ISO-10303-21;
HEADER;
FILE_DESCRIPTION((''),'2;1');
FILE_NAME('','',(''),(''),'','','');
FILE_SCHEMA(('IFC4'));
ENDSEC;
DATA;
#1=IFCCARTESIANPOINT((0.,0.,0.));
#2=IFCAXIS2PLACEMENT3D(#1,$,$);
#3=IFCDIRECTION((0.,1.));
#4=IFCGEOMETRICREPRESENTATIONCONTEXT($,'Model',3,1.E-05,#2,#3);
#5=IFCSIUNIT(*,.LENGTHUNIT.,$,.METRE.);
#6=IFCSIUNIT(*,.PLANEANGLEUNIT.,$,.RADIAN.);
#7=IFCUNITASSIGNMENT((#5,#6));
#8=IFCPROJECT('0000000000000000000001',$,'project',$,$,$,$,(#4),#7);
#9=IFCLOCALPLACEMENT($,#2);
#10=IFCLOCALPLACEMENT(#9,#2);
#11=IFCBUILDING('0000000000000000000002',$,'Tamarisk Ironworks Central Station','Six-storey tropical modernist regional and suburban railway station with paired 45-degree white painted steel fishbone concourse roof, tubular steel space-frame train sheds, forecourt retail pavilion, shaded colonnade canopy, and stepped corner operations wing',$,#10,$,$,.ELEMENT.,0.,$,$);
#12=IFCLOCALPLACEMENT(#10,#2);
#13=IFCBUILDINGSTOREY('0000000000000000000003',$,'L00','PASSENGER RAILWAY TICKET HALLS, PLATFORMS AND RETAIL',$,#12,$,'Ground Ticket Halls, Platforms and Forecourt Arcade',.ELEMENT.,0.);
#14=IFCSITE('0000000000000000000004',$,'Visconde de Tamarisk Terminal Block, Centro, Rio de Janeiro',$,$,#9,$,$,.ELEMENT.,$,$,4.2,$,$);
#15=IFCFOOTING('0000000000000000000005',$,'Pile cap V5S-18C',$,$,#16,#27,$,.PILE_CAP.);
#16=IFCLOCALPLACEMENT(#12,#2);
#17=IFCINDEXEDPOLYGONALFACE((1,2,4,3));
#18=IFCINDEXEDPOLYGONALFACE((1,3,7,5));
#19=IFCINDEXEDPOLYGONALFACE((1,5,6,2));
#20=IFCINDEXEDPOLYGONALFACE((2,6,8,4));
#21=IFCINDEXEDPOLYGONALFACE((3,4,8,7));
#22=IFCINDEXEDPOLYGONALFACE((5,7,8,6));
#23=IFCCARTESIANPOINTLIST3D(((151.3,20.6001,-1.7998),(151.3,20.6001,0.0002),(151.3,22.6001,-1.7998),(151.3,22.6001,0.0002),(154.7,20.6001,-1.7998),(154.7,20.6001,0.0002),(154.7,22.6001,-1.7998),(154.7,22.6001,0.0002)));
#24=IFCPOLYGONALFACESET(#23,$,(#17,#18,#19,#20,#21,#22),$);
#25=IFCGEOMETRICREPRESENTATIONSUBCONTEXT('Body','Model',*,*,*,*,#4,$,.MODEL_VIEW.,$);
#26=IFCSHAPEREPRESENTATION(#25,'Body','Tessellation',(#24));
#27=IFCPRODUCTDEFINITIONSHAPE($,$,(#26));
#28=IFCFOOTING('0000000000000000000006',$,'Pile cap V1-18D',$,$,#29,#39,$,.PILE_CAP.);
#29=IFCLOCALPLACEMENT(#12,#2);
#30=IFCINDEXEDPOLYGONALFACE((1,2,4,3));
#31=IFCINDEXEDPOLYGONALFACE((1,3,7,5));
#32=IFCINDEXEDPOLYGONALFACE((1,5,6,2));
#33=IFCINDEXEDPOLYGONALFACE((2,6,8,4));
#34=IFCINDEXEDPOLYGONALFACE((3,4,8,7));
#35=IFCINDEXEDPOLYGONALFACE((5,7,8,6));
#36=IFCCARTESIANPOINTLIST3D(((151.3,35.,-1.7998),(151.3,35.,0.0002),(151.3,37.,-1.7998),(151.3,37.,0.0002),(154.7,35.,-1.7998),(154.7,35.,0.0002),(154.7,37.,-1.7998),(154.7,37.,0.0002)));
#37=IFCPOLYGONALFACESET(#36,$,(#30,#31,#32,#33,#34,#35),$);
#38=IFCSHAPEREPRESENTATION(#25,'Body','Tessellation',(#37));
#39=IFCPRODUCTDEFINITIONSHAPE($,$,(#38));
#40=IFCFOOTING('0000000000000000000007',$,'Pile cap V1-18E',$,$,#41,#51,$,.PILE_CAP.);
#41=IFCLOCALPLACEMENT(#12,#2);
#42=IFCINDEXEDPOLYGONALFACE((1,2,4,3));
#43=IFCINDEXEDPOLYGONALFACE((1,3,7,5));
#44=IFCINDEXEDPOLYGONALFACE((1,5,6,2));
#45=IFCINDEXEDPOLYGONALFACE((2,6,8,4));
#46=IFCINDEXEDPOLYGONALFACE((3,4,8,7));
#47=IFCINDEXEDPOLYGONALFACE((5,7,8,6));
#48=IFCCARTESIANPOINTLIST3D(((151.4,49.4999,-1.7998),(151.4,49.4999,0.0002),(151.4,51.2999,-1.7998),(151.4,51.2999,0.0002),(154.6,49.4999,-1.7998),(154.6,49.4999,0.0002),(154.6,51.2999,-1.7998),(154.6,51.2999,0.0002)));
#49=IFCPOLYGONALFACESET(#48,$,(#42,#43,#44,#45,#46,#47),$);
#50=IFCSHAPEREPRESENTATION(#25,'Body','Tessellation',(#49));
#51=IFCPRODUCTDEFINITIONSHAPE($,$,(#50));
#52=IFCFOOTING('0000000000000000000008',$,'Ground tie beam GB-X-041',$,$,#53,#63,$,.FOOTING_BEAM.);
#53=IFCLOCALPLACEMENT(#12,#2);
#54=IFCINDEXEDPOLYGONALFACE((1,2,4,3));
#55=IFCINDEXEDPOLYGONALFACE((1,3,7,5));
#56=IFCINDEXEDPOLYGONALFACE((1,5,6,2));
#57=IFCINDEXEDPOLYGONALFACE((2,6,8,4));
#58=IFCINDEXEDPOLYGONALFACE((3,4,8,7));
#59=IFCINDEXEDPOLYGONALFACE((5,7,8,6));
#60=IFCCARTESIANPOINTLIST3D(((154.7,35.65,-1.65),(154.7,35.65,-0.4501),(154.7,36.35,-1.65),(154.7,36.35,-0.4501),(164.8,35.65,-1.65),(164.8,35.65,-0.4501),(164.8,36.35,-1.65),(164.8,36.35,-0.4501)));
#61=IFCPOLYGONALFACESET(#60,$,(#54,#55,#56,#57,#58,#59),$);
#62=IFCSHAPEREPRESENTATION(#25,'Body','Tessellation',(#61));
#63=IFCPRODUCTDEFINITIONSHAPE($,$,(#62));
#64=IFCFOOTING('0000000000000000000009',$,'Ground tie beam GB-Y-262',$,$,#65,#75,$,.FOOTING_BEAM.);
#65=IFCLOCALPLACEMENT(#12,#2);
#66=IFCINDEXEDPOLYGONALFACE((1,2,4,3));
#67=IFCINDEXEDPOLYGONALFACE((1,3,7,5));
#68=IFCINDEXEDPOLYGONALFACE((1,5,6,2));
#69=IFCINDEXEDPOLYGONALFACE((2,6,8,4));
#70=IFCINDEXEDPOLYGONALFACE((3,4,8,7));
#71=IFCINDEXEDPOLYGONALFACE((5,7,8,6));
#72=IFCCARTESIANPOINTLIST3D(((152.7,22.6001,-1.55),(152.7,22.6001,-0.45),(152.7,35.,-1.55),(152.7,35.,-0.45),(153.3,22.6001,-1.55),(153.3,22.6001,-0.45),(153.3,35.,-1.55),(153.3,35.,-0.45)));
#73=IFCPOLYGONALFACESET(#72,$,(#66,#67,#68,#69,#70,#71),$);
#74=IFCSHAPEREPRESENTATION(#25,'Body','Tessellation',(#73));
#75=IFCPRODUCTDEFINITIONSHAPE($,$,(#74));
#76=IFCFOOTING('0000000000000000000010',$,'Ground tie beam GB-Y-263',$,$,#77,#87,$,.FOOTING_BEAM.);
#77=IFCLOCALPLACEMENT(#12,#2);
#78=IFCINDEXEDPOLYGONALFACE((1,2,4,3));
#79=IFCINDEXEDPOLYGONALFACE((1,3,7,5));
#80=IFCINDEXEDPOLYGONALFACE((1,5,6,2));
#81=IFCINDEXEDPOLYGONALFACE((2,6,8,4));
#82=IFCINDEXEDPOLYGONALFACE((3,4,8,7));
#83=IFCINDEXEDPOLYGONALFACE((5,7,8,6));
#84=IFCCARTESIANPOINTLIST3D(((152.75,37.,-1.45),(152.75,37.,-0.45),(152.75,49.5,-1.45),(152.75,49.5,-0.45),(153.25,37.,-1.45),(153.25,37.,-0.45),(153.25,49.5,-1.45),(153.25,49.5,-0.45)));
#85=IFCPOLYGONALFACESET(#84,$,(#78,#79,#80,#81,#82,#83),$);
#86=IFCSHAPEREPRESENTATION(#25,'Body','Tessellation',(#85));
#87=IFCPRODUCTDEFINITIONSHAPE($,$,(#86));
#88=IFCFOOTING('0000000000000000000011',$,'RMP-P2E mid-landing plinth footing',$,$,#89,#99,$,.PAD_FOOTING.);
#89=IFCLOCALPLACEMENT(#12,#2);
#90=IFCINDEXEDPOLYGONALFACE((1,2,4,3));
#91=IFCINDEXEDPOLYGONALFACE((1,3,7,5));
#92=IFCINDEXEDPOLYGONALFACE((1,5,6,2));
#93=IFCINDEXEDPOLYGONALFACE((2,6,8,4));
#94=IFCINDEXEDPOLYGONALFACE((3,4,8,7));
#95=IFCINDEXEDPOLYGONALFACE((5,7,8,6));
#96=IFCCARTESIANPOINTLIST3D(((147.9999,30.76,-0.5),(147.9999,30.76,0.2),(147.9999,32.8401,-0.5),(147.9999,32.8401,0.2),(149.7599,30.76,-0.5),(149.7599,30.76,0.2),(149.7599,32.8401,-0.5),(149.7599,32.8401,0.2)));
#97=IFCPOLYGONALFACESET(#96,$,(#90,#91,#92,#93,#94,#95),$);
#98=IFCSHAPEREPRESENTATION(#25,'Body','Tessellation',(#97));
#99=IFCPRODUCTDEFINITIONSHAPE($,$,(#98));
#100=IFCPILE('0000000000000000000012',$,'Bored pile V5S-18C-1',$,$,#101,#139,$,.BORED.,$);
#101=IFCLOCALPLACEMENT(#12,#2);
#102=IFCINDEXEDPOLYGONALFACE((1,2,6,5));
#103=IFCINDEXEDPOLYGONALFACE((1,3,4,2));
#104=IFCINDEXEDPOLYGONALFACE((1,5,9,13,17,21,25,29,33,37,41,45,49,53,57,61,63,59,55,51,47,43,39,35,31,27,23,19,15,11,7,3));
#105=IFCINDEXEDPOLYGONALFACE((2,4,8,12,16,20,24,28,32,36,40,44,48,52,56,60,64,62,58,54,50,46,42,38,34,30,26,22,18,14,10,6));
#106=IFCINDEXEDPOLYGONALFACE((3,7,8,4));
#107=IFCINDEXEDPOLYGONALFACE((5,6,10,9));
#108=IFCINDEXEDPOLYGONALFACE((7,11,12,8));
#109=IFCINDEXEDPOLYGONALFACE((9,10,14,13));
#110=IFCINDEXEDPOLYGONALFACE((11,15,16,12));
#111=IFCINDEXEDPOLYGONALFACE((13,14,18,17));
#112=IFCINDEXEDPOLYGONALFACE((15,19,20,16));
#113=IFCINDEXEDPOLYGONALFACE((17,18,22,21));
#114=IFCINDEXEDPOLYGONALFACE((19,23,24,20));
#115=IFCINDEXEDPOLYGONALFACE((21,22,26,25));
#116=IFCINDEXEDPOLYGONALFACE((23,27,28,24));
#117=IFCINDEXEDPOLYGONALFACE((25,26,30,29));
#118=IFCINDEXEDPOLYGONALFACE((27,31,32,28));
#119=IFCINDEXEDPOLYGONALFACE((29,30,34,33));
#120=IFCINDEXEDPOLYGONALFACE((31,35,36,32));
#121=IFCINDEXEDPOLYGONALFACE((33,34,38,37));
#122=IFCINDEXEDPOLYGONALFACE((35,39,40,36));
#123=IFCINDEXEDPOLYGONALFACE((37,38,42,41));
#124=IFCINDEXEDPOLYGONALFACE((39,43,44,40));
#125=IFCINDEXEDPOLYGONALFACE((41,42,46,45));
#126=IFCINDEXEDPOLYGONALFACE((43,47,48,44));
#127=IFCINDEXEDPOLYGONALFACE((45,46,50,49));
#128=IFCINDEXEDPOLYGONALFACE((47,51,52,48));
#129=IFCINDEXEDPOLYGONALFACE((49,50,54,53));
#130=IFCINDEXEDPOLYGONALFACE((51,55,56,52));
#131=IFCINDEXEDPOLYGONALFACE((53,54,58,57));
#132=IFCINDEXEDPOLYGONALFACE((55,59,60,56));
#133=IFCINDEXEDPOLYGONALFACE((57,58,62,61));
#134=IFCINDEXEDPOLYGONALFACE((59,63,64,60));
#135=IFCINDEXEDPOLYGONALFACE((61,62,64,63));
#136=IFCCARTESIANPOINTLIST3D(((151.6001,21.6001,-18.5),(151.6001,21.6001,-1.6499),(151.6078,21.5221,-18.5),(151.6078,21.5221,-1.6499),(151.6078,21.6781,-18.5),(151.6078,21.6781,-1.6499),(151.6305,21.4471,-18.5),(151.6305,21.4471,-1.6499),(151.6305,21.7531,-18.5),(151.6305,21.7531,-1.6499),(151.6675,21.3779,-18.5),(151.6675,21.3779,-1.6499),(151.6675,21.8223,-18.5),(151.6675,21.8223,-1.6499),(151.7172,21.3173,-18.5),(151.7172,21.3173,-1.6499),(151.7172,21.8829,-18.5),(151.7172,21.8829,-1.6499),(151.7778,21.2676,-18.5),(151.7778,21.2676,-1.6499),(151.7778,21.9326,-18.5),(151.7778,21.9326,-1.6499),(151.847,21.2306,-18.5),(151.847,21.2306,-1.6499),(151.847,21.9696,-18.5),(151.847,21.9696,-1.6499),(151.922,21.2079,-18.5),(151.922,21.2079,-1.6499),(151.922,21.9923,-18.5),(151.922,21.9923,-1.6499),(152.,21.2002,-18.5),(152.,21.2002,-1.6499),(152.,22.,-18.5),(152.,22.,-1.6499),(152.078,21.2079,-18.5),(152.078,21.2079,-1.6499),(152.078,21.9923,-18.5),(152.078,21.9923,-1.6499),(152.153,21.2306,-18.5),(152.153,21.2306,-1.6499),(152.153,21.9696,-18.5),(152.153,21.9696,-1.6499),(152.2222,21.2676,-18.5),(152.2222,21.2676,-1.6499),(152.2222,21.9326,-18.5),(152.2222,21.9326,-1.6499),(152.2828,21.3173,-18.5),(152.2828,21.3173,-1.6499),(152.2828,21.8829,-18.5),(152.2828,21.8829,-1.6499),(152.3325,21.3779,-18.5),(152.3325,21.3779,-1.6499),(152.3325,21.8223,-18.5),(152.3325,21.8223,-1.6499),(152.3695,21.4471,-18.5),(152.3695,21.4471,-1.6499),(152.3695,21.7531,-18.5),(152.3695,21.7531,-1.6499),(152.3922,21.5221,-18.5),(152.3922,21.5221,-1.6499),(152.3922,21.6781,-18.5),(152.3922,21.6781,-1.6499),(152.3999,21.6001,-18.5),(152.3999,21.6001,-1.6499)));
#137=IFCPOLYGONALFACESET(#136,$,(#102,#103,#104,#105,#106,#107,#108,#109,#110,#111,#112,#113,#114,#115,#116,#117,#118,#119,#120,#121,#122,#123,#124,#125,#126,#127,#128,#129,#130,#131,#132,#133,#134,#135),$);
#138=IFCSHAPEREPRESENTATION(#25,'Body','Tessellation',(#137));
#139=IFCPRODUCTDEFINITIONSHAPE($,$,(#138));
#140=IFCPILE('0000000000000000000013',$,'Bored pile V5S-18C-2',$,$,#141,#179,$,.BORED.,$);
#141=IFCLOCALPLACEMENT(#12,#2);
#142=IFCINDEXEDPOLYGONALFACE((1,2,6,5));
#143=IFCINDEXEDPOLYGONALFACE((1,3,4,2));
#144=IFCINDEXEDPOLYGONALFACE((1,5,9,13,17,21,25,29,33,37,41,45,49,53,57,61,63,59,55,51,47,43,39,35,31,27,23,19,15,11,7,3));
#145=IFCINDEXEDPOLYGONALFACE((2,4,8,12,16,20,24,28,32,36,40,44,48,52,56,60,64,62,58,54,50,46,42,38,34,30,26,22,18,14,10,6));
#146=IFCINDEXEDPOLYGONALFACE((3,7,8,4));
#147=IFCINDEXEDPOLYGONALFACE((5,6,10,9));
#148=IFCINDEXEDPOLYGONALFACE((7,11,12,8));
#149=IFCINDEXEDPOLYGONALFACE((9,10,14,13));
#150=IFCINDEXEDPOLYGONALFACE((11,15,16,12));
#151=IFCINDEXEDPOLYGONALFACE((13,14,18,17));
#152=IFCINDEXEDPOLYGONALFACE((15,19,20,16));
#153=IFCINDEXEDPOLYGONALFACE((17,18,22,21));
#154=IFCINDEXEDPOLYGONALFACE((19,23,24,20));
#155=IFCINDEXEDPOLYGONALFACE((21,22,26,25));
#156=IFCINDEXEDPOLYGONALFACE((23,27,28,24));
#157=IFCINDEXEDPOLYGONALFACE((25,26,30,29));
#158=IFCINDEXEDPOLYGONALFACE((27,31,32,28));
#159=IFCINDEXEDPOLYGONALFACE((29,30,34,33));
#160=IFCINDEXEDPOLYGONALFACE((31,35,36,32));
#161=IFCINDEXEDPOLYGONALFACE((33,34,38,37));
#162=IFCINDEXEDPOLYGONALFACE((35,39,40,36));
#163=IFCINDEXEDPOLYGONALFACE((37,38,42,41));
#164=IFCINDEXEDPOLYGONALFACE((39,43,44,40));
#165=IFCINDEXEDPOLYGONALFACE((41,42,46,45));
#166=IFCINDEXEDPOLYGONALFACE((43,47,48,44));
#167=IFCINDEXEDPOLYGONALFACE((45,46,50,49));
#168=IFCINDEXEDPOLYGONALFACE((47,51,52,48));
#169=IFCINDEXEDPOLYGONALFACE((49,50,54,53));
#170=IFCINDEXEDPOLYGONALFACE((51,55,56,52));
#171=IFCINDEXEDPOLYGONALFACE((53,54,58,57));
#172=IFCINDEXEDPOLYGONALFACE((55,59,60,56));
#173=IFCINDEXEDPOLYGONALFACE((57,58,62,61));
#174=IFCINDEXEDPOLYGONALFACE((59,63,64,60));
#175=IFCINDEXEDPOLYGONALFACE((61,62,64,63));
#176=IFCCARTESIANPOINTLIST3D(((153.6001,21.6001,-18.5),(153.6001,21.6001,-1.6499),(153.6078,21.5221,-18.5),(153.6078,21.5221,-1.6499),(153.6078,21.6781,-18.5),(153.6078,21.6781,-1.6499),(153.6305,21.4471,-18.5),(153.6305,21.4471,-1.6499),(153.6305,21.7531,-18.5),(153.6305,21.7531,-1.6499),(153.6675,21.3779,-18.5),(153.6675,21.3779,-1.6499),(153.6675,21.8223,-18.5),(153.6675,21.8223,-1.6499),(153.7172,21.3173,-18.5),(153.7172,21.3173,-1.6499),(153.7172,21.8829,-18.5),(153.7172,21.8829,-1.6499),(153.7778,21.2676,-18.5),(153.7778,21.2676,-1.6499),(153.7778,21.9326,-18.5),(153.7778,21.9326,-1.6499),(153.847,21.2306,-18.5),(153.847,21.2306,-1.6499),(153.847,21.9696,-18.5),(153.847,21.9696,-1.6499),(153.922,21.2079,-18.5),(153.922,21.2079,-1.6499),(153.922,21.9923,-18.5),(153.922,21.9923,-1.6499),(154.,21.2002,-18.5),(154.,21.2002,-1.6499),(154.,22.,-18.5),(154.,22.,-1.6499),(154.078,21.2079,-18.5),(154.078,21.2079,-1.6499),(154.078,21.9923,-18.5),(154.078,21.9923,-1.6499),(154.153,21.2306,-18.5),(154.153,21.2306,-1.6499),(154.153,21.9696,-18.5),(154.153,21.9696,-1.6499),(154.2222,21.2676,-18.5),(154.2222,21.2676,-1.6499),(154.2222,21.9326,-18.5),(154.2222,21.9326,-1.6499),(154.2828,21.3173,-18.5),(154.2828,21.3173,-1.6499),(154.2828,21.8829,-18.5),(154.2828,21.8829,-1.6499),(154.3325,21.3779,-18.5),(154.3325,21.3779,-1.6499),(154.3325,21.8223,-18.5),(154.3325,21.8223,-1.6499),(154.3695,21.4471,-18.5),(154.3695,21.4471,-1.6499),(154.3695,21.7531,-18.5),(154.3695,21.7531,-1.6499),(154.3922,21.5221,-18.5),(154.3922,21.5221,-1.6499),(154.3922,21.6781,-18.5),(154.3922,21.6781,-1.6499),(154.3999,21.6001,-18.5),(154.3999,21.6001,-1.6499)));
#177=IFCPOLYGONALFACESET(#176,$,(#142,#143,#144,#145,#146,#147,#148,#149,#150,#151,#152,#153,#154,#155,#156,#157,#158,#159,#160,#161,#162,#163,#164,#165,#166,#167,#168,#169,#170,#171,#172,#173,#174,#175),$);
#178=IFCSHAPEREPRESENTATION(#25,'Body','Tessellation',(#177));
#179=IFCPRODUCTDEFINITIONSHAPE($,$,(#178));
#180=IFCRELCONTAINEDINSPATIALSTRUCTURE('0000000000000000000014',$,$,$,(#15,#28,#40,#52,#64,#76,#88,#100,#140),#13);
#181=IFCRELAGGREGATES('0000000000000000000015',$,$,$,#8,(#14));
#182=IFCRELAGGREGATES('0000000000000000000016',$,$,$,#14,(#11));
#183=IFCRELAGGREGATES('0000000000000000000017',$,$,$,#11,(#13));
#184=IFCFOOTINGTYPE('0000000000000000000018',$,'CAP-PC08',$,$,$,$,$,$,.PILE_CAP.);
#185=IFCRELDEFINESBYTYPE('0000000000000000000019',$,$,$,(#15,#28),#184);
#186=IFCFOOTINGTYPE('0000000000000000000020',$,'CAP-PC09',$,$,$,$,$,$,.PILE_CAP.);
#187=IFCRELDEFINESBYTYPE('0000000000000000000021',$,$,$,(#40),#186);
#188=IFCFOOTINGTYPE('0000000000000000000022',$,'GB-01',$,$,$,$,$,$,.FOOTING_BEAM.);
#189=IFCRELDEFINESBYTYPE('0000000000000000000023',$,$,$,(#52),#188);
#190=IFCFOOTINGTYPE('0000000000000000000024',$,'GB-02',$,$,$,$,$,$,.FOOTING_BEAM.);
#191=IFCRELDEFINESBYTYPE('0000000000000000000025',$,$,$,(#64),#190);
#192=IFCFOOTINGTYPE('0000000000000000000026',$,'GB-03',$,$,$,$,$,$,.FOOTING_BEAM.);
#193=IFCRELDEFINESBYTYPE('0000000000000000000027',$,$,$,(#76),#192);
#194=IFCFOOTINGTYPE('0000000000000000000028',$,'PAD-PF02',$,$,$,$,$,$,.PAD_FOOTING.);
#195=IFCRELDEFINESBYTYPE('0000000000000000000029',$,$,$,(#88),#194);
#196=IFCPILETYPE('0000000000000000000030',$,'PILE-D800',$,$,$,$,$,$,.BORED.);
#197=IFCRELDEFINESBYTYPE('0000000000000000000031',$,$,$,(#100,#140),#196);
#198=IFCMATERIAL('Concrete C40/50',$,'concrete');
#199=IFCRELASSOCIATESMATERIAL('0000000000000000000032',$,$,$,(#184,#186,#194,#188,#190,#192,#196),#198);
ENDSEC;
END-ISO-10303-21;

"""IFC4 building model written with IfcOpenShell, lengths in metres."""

from ifc_helpers import new_model, si_unit, direction, frame, origin, origin_2d, place, context, subcontext, project, spatial, rectangle, circle, extrude, material, material_profile, profile_set, type_object, element, save


model = new_model("IFC4")

# Units and contexts
model_context = context("Model", 3, precision=1e-05, world=origin(), true_north=direction((0.0, 1.0)))
body_context = subcontext(model_context, "Body", "Model", "MODEL_VIEW")
ifc_project = project(units=[si_unit("LENGTHUNIT", "METRE"), si_unit("PLANEANGLEUNIT", "RADIAN")], contexts=[model_context])

# Site, building, storey
site_placement = place(None, origin())
site = spatial("IfcSite", under=ifc_project, at=site_placement, Name="Visconde de Tamarisk Terminal Block, Centro, Rio de Janeiro", CompositionType="ELEMENT", RefElevation=4.2)
building_placement = place(site_placement, origin())
building = spatial("IfcBuilding", under=site, at=building_placement, Name="Tamarisk Ironworks Central Station", Description="Six-storey tropical modernist regional and suburban railway station with paired 45-degree white painted steel fishbone concourse roof, tubular steel space-frame train sheds, forecourt retail pavilion, shaded colonnade canopy, and stepped corner operations wing", CompositionType="ELEMENT", ElevationOfRefHeight=0.0)
storey_placement = place(building_placement, origin())
storey = spatial("IfcBuildingStorey", under=building, at=storey_placement, Name="L00", Description="PASSENGER RAILWAY TICKET HALLS, PLATFORMS AND RETAIL", LongName="Ground Ticket Halls, Platforms and Forecourt Arcade", CompositionType="ELEMENT", Elevation=0.0)

# Footings
ifc_material_1 = material(Name="Concrete C40/50", Category="concrete")
footing_type_1 = type_object("IfcFootingType", Name="CAP-PC08", PredefinedType="PILE_CAP", material=ifc_material_1)
for number, where, z_axis, x_axis, name in (
    (1, (153.0, 21.6001, -1.7998), (0.0, 0.0, 1.0), (1.0, 0.0, 0.0), "Pile cap V5S-18C"),
    (2, (153.0, 36.0, -1.7998), (0.0, 0.0, 1.0), (1.0, 0.0, 0.0), "Pile cap V1-18D"),
):
    element("IfcFooting", number, at=place(storey_placement, frame(where, z_axis=z_axis, x_axis=x_axis)), inside=storey, type_object=footing_type_1, Name=name, PredefinedType="PILE_CAP", context=body_context, shape_type="SweptSolid", body=[
        extrude(rectangle(XDim=3.3999, YDim=2.0, at=origin_2d()), origin(), (0.0, 0.0, 1.0), 1.8),
    ])
footing_type_2 = type_object("IfcFootingType", Name="CAP-PC09", PredefinedType="PILE_CAP", material=ifc_material_1)
footing_1_placement = place(storey_placement, frame((153.0, 50.3999, -1.7998), z_axis=(0.0, 0.0, 1.0), x_axis=(1.0, 0.0, 0.0)))
element("IfcFooting", 3, at=footing_1_placement, inside=storey, type_object=footing_type_2, Name="Pile cap V1-18E", PredefinedType="PILE_CAP", context=body_context, shape_type="SweptSolid", body=[
    extrude(rectangle(XDim=3.2, YDim=1.8, at=origin_2d()), origin(), (0.0, 0.0, 1.0), 1.8),
])
ifc_material_profile_1 = material_profile(ifc_material_1, rectangle(XDim=0.7, YDim=1.2, at=origin_2d()), Name="GB01 700x1200")
ifc_profile_set_1 = profile_set([ifc_material_profile_1], Name="Concrete C40/50")
footing_type_3 = type_object("IfcFootingType", Name="GB-01", PredefinedType="FOOTING_BEAM", material=ifc_profile_set_1)
footing_2_placement = place(storey_placement, frame((154.7, 36.0, -1.05), z_axis=(1.0, 0.0, 0.0), x_axis=(0.0, 1.0, 0.0)))
element("IfcFooting", 4, at=footing_2_placement, inside=storey, type_object=footing_type_3, Name="Ground tie beam GB-X-041", PredefinedType="FOOTING_BEAM", context=body_context, shape_type="SweptSolid", body=[
    extrude(rectangle(XDim=0.7, YDim=1.2, at=origin_2d()), origin(), (0.0, 0.0, 1.0), 10.1001),
])
ifc_material_profile_2 = material_profile(ifc_material_1, rectangle(XDim=0.6001, YDim=1.1001, at=origin_2d()), Name="GB02 600x1100")
ifc_profile_set_2 = profile_set([ifc_material_profile_2], Name="Concrete C40/50")
footing_type_4 = type_object("IfcFootingType", Name="GB-02", PredefinedType="FOOTING_BEAM", material=ifc_profile_set_2)
footing_3_placement = place(storey_placement, frame((153.0, 22.6001, -1.0), z_axis=(0.0, 1.0, 0.0), x_axis=(-1.0, 0.0, 0.0)))
element("IfcFooting", 5, at=footing_3_placement, inside=storey, type_object=footing_type_4, Name="Ground tie beam GB-Y-262", PredefinedType="FOOTING_BEAM", context=body_context, shape_type="SweptSolid", body=[
    extrude(rectangle(XDim=0.6001, YDim=1.1001, at=origin_2d()), origin(), (0.0, 0.0, 1.0), 12.3999),
])
ifc_material_profile_3 = material_profile(ifc_material_1, rectangle(XDim=0.5, YDim=1.0, at=origin_2d()), Name="GB03 500x1000")
ifc_profile_set_3 = profile_set([ifc_material_profile_3], Name="Concrete C40/50")
footing_type_5 = type_object("IfcFootingType", Name="GB-03", PredefinedType="FOOTING_BEAM", material=ifc_profile_set_3)
footing_4_placement = place(storey_placement, frame((153.0, 37.0, -0.95), z_axis=(0.0, 1.0, 0.0), x_axis=(-1.0, 0.0, 0.0)))
element("IfcFooting", 6, at=footing_4_placement, inside=storey, type_object=footing_type_5, Name="Ground tie beam GB-Y-263", PredefinedType="FOOTING_BEAM", context=body_context, shape_type="SweptSolid", body=[
    extrude(rectangle(XDim=0.5, YDim=1.0, at=origin_2d()), origin(), (0.0, 0.0, 1.0), 12.5),
])
footing_type_6 = type_object("IfcFootingType", Name="PAD-PF02", PredefinedType="PAD_FOOTING", material=ifc_material_1)
footing_5_placement = place(storey_placement, frame((148.8799, 31.8, -0.5), z_axis=(0.0, 0.0, 1.0), x_axis=(1.0, 0.0, 0.0)))
element("IfcFooting", 7, at=footing_5_placement, inside=storey, type_object=footing_type_6, Name="RMP-P2E mid-landing plinth footing", PredefinedType="PAD_FOOTING", context=body_context, shape_type="SweptSolid", body=[
    extrude(rectangle(XDim=1.76, YDim=2.0801, at=origin_2d()), origin(), (0.0, 0.0, 1.0), 0.7),
])

# Piles
ifc_material_profile_4 = material_profile(ifc_material_1, circle(Radius=0.3999, at=origin_2d()), Name="BORED PILE D800")
ifc_profile_set_4 = profile_set([ifc_material_profile_4], Name="Concrete C40/50")
pile_type = type_object("IfcPileType", Name="PILE-D800", PredefinedType="BORED", material=ifc_profile_set_4)
for number, where, z_axis, x_axis, name in (
    (8, (152.0, 21.6001, -1.6499), (0.0, 0.0, -1.0), (1.0, 0.0, 0.0), "Bored pile V5S-18C-1"),
    (9, (154.0, 21.6001, -1.6499), (0.0, 0.0, -1.0), (1.0, 0.0, 0.0), "Bored pile V5S-18C-2"),
):
    element("IfcPile", number, at=place(storey_placement, frame(where, z_axis=z_axis, x_axis=x_axis)), inside=storey, type_object=pile_type, Name=name, PredefinedType="BORED", context=body_context, shape_type="SweptSolid", body=[
        extrude(circle(Radius=0.3999, at=origin_2d()), origin(), (0.0, 0.0, 1.0), 16.8501),
    ])

save(model, "model.ifc")
